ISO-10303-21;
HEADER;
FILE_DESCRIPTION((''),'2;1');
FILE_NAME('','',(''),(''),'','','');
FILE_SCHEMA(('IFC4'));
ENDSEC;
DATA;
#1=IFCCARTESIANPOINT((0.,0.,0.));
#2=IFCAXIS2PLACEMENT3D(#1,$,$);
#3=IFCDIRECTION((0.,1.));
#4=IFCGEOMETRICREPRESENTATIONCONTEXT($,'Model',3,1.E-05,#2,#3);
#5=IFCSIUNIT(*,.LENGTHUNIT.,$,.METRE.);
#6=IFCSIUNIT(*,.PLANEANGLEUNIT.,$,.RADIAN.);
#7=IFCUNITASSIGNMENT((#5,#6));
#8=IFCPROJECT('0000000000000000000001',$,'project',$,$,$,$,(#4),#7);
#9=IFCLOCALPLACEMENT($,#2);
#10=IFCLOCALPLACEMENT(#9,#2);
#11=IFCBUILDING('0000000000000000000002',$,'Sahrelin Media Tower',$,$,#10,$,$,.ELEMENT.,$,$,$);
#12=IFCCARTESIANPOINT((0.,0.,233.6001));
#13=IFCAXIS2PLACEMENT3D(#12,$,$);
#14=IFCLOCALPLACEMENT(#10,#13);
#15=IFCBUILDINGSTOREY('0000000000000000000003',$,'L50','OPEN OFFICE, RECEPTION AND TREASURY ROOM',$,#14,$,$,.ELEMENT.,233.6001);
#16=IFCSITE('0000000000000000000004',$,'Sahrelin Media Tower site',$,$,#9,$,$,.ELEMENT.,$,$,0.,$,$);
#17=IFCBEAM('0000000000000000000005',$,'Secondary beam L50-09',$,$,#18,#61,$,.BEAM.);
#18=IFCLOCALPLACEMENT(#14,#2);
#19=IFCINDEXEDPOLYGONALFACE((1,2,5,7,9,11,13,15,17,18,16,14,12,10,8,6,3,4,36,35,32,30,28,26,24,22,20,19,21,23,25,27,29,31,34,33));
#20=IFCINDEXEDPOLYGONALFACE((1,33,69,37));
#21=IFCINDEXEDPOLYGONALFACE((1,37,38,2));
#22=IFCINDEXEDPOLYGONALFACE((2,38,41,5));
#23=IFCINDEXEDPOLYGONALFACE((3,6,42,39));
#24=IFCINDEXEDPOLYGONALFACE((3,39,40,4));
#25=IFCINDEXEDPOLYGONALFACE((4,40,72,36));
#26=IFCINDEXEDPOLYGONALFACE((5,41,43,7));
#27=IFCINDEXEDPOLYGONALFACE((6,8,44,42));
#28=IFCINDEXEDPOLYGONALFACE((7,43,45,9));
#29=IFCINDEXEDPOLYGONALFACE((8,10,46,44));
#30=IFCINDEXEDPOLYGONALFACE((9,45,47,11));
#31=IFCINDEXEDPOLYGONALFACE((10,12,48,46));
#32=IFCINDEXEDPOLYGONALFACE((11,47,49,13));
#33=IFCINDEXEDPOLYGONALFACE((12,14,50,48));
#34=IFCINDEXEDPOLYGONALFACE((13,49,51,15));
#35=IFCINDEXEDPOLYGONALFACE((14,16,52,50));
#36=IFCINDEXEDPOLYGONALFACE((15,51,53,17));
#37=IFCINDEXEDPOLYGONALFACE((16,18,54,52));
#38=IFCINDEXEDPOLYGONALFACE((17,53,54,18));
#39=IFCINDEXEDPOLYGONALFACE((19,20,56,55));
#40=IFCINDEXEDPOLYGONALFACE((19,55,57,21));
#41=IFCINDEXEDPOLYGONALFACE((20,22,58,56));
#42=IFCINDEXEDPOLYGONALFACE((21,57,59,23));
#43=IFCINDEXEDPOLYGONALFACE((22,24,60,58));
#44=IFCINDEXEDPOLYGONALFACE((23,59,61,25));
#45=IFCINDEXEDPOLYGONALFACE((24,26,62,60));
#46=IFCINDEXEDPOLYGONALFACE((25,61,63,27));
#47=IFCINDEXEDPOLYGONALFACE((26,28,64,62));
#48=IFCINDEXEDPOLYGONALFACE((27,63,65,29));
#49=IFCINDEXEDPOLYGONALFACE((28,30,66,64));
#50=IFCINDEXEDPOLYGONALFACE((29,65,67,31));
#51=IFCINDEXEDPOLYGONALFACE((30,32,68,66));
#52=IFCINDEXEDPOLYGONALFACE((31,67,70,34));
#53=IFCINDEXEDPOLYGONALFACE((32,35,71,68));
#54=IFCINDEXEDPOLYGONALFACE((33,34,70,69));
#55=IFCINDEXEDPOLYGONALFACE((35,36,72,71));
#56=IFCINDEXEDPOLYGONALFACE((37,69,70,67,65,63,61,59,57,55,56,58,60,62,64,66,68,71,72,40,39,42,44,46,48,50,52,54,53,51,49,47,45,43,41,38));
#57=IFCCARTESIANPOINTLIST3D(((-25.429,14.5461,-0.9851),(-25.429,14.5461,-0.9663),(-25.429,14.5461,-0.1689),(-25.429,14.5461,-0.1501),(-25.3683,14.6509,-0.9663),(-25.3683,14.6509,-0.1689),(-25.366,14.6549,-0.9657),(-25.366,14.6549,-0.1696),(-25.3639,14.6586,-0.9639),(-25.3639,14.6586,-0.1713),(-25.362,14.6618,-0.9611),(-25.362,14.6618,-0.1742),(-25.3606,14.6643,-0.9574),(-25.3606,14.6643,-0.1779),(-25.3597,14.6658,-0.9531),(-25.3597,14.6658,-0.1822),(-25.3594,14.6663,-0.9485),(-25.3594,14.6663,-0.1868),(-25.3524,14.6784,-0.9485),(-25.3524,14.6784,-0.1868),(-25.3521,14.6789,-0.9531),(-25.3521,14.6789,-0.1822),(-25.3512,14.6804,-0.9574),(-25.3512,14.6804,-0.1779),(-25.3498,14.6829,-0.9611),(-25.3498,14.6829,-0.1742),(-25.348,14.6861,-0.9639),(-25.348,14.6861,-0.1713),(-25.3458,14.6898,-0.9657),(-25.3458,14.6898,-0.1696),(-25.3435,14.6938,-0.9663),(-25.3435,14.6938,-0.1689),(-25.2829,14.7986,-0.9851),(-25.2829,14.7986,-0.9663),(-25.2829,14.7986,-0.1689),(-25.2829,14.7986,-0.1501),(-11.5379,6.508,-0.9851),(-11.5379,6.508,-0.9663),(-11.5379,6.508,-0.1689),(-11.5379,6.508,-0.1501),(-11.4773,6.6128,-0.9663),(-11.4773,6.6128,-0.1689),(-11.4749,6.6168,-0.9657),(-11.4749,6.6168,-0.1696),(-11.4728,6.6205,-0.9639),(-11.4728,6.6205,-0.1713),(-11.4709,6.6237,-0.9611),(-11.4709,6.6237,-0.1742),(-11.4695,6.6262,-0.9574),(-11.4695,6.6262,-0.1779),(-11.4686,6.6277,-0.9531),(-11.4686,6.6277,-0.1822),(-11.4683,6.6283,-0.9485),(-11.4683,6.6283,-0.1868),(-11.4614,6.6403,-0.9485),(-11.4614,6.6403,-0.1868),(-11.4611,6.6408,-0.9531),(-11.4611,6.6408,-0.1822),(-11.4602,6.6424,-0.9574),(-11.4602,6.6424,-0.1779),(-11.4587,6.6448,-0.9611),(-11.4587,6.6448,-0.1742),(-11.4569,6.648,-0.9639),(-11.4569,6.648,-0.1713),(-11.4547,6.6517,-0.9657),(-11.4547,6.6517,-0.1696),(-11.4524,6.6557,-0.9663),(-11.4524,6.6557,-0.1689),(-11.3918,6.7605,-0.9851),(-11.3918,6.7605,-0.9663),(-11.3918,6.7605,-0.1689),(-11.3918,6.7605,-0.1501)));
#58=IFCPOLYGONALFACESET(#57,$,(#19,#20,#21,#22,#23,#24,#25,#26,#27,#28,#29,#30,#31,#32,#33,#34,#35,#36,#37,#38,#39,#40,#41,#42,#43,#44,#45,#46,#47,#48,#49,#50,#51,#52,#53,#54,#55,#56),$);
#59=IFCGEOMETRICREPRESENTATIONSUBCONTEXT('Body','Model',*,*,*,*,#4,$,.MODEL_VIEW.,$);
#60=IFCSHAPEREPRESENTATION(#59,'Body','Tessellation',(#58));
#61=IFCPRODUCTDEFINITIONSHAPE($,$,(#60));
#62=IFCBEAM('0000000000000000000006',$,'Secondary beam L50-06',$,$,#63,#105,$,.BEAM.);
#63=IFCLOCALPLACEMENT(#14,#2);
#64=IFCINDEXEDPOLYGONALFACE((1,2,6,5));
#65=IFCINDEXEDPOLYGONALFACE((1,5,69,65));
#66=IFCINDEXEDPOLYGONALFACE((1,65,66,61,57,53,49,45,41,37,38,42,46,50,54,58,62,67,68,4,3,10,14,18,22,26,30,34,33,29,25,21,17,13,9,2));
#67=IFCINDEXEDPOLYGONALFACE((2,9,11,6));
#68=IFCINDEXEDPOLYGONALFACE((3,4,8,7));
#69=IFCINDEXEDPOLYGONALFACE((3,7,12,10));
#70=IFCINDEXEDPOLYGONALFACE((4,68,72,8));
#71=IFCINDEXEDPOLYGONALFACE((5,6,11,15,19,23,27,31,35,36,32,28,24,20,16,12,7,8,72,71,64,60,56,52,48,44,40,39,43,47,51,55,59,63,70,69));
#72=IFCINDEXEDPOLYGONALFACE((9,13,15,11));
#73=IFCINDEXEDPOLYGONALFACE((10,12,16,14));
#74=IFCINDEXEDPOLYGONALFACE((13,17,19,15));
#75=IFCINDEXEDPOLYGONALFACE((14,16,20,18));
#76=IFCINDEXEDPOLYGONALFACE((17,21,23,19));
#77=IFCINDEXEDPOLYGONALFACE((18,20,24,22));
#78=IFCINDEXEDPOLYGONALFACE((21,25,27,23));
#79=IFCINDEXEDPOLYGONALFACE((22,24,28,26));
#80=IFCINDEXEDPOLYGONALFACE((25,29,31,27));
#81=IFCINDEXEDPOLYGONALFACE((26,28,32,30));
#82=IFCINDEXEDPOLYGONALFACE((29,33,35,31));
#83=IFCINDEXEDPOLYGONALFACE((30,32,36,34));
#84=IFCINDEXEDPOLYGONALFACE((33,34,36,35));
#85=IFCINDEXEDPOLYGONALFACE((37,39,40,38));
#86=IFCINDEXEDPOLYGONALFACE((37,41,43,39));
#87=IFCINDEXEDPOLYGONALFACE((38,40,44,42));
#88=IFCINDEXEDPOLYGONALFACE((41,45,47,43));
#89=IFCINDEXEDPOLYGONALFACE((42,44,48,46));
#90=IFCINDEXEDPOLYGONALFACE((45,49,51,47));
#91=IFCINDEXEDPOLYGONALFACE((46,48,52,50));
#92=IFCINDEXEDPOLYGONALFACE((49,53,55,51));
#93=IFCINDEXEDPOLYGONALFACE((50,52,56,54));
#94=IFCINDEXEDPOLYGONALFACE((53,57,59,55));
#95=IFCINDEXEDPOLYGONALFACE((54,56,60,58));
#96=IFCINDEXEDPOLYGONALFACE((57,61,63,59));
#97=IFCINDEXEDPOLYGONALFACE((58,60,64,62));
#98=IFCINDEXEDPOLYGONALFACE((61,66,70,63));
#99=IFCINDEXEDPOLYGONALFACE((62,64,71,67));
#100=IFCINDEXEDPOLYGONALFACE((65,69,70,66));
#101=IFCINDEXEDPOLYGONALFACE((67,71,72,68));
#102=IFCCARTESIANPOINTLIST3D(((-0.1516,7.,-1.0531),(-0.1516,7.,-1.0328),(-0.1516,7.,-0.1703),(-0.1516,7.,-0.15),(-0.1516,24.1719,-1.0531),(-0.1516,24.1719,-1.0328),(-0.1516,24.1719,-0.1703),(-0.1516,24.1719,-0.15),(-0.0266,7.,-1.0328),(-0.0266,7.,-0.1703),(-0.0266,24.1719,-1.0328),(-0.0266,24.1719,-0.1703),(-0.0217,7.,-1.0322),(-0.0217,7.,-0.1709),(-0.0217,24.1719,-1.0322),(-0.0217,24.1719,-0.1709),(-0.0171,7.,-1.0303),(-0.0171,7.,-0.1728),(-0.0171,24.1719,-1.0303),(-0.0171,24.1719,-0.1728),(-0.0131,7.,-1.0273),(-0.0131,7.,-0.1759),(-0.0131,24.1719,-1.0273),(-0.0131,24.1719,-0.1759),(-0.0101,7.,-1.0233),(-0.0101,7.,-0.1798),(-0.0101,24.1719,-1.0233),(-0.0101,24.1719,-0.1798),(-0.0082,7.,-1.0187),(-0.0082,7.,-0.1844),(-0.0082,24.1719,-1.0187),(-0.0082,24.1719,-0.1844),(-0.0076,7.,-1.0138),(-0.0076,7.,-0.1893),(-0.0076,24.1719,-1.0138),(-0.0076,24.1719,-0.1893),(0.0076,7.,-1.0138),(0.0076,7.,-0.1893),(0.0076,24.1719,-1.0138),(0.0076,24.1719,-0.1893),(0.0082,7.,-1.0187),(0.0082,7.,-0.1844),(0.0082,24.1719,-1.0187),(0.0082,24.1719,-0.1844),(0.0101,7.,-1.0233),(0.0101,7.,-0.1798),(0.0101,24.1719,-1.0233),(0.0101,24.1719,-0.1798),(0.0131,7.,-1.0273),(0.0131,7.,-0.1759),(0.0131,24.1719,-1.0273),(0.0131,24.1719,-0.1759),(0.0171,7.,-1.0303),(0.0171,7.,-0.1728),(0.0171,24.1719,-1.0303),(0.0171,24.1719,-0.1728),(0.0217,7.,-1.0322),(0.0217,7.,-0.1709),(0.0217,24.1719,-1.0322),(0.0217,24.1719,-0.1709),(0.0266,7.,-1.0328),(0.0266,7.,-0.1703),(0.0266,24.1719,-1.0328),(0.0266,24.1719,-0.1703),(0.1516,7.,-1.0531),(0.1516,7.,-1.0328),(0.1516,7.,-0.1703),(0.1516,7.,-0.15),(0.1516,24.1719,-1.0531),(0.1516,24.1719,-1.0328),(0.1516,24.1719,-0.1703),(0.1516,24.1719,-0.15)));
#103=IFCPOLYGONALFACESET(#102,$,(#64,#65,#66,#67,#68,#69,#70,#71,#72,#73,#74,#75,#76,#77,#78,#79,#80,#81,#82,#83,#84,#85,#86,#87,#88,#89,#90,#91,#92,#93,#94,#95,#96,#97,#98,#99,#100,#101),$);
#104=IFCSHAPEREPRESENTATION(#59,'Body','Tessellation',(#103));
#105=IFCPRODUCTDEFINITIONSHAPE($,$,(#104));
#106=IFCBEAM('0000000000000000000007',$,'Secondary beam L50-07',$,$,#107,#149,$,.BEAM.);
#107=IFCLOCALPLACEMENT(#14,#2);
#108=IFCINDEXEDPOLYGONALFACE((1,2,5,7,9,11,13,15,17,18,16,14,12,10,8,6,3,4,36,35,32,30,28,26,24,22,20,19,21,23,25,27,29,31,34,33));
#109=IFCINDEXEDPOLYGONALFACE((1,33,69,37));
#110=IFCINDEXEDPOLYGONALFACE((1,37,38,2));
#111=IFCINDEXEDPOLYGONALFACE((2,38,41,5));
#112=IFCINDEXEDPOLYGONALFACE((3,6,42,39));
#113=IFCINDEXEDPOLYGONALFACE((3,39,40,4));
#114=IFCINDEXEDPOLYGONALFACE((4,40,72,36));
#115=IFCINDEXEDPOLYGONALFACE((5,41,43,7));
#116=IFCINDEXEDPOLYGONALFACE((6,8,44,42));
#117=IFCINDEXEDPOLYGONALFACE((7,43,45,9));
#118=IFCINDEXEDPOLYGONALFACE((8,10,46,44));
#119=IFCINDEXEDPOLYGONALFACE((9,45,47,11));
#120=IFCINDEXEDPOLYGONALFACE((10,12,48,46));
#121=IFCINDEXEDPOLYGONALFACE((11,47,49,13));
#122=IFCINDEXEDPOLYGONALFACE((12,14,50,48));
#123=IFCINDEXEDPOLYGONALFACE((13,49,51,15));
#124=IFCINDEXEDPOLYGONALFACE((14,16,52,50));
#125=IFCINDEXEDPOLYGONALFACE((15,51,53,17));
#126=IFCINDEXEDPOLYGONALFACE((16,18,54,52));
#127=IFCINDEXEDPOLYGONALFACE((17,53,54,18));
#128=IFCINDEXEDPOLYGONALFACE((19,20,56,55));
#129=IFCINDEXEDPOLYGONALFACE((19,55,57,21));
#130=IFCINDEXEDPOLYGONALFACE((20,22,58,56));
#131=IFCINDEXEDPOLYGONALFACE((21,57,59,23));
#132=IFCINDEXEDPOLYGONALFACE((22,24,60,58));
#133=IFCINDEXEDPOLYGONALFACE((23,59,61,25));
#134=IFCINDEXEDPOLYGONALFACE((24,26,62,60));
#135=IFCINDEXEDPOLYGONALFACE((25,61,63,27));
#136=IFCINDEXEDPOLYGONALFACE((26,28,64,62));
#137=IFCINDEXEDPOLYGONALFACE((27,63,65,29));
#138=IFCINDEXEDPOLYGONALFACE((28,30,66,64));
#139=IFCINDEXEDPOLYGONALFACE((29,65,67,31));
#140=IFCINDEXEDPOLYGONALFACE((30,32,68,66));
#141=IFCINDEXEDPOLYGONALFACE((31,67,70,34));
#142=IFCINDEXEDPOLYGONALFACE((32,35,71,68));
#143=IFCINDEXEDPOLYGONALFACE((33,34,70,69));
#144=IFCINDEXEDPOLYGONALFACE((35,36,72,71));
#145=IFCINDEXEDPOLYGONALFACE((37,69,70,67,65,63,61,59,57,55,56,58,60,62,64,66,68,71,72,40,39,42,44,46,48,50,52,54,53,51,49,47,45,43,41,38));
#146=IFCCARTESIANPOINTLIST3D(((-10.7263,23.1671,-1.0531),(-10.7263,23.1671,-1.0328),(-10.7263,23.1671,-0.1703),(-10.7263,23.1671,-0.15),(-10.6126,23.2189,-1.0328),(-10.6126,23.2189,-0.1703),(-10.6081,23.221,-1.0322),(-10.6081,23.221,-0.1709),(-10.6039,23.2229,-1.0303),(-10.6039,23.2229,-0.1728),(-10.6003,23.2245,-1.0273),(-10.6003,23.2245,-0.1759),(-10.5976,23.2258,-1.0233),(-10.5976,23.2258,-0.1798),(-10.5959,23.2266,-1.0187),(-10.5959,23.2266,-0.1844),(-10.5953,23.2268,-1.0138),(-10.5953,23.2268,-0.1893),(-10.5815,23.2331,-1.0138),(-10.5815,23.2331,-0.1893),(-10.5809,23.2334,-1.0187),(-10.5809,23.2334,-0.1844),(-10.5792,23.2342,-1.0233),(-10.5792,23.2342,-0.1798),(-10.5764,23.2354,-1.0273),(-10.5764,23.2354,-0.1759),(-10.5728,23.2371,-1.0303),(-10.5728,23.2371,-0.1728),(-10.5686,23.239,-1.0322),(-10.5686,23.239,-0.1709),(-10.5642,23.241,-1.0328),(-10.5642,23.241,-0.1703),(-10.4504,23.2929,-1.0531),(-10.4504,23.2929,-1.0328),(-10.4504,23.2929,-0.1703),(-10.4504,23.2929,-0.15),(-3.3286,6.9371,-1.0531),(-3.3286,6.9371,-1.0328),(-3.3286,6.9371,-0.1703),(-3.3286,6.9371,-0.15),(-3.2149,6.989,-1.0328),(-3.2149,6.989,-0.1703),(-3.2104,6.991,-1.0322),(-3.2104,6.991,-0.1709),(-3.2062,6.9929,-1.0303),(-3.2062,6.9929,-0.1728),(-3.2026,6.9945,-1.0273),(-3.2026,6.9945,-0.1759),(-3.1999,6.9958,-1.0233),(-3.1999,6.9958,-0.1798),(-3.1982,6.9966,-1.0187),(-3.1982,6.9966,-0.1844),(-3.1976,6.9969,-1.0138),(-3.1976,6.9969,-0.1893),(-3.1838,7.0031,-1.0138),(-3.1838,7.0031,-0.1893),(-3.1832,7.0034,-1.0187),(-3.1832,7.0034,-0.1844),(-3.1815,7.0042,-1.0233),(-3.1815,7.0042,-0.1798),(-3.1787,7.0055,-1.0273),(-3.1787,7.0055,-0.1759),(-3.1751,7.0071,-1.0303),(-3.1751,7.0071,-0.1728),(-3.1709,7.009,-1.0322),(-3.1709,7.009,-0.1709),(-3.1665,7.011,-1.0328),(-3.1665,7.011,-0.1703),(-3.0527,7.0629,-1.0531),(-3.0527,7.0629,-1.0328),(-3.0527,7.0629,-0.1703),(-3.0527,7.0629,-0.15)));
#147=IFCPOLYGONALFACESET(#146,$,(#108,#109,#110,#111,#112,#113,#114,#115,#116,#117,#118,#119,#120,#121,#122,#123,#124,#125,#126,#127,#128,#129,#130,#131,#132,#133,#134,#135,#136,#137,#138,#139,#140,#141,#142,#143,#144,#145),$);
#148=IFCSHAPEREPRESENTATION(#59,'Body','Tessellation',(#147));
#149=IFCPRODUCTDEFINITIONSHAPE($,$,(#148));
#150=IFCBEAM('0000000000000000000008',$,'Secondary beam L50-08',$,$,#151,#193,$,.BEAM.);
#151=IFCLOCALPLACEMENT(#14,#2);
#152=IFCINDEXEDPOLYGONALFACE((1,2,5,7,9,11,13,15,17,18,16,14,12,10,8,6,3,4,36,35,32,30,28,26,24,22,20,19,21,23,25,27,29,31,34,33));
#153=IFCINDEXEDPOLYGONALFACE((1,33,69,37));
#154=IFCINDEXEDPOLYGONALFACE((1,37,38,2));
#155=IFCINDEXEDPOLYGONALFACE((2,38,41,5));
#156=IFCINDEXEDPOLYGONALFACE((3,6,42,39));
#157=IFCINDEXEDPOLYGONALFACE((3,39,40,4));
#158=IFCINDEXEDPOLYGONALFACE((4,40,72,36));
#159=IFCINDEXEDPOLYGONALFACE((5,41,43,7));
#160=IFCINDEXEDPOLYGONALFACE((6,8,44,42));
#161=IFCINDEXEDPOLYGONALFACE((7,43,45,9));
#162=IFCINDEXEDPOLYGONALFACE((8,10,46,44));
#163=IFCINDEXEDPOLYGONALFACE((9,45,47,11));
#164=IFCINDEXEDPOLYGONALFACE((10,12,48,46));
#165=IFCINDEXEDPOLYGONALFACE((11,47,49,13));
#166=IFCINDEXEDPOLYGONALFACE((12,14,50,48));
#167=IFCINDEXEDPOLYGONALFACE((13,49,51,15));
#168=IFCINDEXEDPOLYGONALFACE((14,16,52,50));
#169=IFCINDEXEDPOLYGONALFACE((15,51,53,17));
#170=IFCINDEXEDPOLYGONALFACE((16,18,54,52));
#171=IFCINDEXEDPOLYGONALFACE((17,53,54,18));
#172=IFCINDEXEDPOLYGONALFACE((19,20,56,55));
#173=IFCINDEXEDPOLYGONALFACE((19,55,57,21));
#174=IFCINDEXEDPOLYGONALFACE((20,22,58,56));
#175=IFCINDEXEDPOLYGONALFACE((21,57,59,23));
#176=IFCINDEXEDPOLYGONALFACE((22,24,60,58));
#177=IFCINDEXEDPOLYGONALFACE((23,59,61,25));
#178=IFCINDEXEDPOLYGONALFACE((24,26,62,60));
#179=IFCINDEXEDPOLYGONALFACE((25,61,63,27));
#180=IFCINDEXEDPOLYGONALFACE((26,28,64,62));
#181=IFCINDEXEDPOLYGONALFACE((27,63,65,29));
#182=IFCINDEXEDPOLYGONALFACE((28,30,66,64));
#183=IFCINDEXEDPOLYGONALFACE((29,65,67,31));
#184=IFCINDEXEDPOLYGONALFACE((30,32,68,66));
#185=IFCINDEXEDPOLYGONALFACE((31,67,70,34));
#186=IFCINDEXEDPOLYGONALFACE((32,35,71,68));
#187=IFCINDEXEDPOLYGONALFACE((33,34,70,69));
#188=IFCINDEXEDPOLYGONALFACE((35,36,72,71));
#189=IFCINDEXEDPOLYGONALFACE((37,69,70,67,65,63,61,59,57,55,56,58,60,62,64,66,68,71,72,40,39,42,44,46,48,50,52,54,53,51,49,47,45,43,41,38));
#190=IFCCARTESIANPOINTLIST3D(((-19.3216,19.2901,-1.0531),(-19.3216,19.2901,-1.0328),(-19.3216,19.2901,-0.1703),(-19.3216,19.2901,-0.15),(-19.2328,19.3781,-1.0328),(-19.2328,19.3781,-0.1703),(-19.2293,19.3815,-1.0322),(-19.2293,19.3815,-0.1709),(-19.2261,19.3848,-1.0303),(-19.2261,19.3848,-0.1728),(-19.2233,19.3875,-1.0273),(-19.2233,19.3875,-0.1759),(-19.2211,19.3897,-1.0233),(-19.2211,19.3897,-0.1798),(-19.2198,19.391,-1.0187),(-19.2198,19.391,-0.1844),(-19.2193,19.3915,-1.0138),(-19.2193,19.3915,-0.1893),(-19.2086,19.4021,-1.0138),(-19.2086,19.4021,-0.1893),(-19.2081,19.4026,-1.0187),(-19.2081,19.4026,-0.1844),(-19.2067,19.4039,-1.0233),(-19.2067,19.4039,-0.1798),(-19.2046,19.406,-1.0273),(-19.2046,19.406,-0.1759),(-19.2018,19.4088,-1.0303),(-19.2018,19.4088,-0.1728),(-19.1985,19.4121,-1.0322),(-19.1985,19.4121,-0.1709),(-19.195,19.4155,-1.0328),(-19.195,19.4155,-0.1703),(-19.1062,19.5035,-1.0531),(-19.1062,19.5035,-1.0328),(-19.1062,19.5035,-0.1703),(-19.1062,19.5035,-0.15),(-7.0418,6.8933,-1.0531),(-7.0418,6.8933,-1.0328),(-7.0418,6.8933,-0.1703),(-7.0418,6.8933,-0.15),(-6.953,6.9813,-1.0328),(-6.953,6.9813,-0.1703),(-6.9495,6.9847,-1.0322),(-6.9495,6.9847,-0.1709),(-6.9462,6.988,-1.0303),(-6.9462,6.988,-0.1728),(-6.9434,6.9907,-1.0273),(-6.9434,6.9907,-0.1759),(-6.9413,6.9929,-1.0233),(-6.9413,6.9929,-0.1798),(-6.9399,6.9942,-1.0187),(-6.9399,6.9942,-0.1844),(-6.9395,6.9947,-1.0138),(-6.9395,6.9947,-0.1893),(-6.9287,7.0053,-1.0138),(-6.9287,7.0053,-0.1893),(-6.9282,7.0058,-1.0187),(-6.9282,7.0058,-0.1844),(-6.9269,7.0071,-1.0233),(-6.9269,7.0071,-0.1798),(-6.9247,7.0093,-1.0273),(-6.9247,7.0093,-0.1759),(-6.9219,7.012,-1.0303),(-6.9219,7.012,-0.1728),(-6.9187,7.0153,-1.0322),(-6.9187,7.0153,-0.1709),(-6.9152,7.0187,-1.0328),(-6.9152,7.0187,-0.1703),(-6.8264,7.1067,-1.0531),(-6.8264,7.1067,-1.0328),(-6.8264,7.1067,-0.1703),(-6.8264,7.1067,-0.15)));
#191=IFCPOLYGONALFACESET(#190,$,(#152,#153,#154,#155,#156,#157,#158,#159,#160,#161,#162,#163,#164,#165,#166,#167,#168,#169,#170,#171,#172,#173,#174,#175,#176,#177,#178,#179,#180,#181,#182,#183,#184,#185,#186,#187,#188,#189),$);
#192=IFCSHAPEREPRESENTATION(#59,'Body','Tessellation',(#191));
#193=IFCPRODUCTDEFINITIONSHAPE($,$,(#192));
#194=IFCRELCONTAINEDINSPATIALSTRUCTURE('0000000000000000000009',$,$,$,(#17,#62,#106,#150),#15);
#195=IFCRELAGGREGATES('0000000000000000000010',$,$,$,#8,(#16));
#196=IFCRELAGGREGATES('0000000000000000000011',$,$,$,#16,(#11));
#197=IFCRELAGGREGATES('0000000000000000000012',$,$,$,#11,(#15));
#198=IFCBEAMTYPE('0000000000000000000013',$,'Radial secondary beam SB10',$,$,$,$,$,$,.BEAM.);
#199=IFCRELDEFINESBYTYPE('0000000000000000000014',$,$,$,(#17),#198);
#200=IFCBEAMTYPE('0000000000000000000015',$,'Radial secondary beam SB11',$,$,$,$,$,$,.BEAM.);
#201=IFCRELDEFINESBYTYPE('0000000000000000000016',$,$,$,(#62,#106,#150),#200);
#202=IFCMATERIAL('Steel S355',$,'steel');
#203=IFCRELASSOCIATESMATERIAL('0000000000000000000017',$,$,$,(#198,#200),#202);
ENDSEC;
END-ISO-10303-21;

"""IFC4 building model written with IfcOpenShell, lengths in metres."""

from ifc_helpers import new_model, si_unit, direction, frame, origin, origin_2d, place, context, subcontext, project, spatial, i_section, extrude, material, material_profile, profile_set, type_object, element, save


model = new_model("IFC4")

# Units and contexts
model_context = context("Model", 3, precision=1e-05, world=origin(), true_north=direction((0.0, 1.0)))
body_context = subcontext(model_context, "Body", "Model", "MODEL_VIEW")
ifc_project = project(units=[si_unit("LENGTHUNIT", "METRE"), si_unit("PLANEANGLEUNIT", "RADIAN")], contexts=[model_context])

# Site, building, storey
site_placement = place(None, origin())
site = spatial("IfcSite", under=ifc_project, at=site_placement, Name="Sahrelin Media Tower site", CompositionType="ELEMENT", RefElevation=0.0)
building_placement = place(site_placement, origin())
building = spatial("IfcBuilding", under=site, at=building_placement, Name="Sahrelin Media Tower", CompositionType="ELEMENT")
storey_placement = place(building_placement, frame((0.0, 0.0, 233.6001)))
storey = spatial("IfcBuildingStorey", under=building, at=storey_placement, Name="L50", Description="OPEN OFFICE, RECEPTION AND TREASURY ROOM", CompositionType="ELEMENT", Elevation=233.6001)

# Shared definitions
ifc_material_1 = material(Name="Steel S355", Category="steel")

# Beams
ifc_material_profile_1 = material_profile(ifc_material_1, i_section(OverallWidth=0.2917, OverallDepth=0.835, WebThickness=0.0139, FlangeThickness=0.0188, FilletRadius=0.0178, at=origin_2d()), Name="UB 838x292x176")
ifc_profile_set_1 = profile_set([ifc_material_profile_1], Name="Steel S355")
beam_type_1 = type_object("IfcBeamType", Name="Radial secondary beam SB10", PredefinedType="BEAM", material=ifc_profile_set_1)
beam_1_placement = place(storey_placement, frame((-11.4648, 6.6343, -0.5676), z_axis=(-0.865538, 0.500843, 0.0), x_axis=(-0.500843, -0.865538, 0.0)))
element("IfcBeam", 1, at=beam_1_placement, inside=storey, type_object=beam_type_1, Name="Secondary beam L50-09", PredefinedType="BEAM", context=body_context, shape_type="SweptSolid", body=[
    extrude(i_section(OverallWidth=0.2917, OverallDepth=0.835, WebThickness=0.0139, FlangeThickness=0.0188, FilletRadius=0.0178, at=origin_2d()), origin(), (0.0, 0.0, 1.0), 16.0491),
])
ifc_material_profile_2 = material_profile(ifc_material_1, i_section(OverallWidth=0.3032, OverallDepth=0.9031, WebThickness=0.0151, FlangeThickness=0.0203, FilletRadius=0.019, at=origin_2d()), Name="UB 914x305x201")
ifc_profile_set_2 = profile_set([ifc_material_profile_2], Name="Steel S355")
beam_type_2 = type_object("IfcBeamType", Name="Radial secondary beam SB11", PredefinedType="BEAM", material=ifc_profile_set_2)
beam_2_placement = place(storey_placement, frame((0.0, 7.0, -0.6016), z_axis=(0.0, 1.0, 0.0), x_axis=(-1.0, 0.0, 0.0)))
element("IfcBeam", 2, at=beam_2_placement, inside=storey, type_object=beam_type_2, Name="Secondary beam L50-06", PredefinedType="BEAM", context=body_context, shape_type="SweptSolid", body=[
    extrude(i_section(OverallWidth=0.3032, OverallDepth=0.9031, WebThickness=0.0151, FlangeThickness=0.0203, FilletRadius=0.019, at=origin_2d()), origin(), (0.0, 0.0, 1.0), 17.1719),
])
beam_3_placement = place(storey_placement, frame((-3.1907, 7.0, -0.6016), z_axis=(-0.414753, 0.909934, 0.0), x_axis=(-0.909934, -0.414753, 0.0)))
element("IfcBeam", 3, at=beam_3_placement, inside=storey, type_object=beam_type_2, Name="Secondary beam L50-07", PredefinedType="BEAM", context=body_context, shape_type="SweptSolid", body=[
    extrude(i_section(OverallWidth=0.3032, OverallDepth=0.9031, WebThickness=0.0151, FlangeThickness=0.0203, FilletRadius=0.019, at=origin_2d()), origin(), (0.0, 0.0, 1.0), 17.8364),
])
beam_4_placement = place(storey_placement, frame((-6.9341, 7.0, -0.6016), z_axis=(-0.703748, 0.71045, 0.0), x_axis=(-0.71045, -0.703748, 0.0)))
element("IfcBeam", 4, at=beam_4_placement, inside=storey, type_object=beam_type_2, Name="Secondary beam L50-08", PredefinedType="BEAM", context=body_context, shape_type="SweptSolid", body=[
    extrude(i_section(OverallWidth=0.3032, OverallDepth=0.9031, WebThickness=0.0151, FlangeThickness=0.0203, FilletRadius=0.019, at=origin_2d()), origin(), (0.0, 0.0, 1.0), 17.4492),
])

save(model, "model.ifc")
